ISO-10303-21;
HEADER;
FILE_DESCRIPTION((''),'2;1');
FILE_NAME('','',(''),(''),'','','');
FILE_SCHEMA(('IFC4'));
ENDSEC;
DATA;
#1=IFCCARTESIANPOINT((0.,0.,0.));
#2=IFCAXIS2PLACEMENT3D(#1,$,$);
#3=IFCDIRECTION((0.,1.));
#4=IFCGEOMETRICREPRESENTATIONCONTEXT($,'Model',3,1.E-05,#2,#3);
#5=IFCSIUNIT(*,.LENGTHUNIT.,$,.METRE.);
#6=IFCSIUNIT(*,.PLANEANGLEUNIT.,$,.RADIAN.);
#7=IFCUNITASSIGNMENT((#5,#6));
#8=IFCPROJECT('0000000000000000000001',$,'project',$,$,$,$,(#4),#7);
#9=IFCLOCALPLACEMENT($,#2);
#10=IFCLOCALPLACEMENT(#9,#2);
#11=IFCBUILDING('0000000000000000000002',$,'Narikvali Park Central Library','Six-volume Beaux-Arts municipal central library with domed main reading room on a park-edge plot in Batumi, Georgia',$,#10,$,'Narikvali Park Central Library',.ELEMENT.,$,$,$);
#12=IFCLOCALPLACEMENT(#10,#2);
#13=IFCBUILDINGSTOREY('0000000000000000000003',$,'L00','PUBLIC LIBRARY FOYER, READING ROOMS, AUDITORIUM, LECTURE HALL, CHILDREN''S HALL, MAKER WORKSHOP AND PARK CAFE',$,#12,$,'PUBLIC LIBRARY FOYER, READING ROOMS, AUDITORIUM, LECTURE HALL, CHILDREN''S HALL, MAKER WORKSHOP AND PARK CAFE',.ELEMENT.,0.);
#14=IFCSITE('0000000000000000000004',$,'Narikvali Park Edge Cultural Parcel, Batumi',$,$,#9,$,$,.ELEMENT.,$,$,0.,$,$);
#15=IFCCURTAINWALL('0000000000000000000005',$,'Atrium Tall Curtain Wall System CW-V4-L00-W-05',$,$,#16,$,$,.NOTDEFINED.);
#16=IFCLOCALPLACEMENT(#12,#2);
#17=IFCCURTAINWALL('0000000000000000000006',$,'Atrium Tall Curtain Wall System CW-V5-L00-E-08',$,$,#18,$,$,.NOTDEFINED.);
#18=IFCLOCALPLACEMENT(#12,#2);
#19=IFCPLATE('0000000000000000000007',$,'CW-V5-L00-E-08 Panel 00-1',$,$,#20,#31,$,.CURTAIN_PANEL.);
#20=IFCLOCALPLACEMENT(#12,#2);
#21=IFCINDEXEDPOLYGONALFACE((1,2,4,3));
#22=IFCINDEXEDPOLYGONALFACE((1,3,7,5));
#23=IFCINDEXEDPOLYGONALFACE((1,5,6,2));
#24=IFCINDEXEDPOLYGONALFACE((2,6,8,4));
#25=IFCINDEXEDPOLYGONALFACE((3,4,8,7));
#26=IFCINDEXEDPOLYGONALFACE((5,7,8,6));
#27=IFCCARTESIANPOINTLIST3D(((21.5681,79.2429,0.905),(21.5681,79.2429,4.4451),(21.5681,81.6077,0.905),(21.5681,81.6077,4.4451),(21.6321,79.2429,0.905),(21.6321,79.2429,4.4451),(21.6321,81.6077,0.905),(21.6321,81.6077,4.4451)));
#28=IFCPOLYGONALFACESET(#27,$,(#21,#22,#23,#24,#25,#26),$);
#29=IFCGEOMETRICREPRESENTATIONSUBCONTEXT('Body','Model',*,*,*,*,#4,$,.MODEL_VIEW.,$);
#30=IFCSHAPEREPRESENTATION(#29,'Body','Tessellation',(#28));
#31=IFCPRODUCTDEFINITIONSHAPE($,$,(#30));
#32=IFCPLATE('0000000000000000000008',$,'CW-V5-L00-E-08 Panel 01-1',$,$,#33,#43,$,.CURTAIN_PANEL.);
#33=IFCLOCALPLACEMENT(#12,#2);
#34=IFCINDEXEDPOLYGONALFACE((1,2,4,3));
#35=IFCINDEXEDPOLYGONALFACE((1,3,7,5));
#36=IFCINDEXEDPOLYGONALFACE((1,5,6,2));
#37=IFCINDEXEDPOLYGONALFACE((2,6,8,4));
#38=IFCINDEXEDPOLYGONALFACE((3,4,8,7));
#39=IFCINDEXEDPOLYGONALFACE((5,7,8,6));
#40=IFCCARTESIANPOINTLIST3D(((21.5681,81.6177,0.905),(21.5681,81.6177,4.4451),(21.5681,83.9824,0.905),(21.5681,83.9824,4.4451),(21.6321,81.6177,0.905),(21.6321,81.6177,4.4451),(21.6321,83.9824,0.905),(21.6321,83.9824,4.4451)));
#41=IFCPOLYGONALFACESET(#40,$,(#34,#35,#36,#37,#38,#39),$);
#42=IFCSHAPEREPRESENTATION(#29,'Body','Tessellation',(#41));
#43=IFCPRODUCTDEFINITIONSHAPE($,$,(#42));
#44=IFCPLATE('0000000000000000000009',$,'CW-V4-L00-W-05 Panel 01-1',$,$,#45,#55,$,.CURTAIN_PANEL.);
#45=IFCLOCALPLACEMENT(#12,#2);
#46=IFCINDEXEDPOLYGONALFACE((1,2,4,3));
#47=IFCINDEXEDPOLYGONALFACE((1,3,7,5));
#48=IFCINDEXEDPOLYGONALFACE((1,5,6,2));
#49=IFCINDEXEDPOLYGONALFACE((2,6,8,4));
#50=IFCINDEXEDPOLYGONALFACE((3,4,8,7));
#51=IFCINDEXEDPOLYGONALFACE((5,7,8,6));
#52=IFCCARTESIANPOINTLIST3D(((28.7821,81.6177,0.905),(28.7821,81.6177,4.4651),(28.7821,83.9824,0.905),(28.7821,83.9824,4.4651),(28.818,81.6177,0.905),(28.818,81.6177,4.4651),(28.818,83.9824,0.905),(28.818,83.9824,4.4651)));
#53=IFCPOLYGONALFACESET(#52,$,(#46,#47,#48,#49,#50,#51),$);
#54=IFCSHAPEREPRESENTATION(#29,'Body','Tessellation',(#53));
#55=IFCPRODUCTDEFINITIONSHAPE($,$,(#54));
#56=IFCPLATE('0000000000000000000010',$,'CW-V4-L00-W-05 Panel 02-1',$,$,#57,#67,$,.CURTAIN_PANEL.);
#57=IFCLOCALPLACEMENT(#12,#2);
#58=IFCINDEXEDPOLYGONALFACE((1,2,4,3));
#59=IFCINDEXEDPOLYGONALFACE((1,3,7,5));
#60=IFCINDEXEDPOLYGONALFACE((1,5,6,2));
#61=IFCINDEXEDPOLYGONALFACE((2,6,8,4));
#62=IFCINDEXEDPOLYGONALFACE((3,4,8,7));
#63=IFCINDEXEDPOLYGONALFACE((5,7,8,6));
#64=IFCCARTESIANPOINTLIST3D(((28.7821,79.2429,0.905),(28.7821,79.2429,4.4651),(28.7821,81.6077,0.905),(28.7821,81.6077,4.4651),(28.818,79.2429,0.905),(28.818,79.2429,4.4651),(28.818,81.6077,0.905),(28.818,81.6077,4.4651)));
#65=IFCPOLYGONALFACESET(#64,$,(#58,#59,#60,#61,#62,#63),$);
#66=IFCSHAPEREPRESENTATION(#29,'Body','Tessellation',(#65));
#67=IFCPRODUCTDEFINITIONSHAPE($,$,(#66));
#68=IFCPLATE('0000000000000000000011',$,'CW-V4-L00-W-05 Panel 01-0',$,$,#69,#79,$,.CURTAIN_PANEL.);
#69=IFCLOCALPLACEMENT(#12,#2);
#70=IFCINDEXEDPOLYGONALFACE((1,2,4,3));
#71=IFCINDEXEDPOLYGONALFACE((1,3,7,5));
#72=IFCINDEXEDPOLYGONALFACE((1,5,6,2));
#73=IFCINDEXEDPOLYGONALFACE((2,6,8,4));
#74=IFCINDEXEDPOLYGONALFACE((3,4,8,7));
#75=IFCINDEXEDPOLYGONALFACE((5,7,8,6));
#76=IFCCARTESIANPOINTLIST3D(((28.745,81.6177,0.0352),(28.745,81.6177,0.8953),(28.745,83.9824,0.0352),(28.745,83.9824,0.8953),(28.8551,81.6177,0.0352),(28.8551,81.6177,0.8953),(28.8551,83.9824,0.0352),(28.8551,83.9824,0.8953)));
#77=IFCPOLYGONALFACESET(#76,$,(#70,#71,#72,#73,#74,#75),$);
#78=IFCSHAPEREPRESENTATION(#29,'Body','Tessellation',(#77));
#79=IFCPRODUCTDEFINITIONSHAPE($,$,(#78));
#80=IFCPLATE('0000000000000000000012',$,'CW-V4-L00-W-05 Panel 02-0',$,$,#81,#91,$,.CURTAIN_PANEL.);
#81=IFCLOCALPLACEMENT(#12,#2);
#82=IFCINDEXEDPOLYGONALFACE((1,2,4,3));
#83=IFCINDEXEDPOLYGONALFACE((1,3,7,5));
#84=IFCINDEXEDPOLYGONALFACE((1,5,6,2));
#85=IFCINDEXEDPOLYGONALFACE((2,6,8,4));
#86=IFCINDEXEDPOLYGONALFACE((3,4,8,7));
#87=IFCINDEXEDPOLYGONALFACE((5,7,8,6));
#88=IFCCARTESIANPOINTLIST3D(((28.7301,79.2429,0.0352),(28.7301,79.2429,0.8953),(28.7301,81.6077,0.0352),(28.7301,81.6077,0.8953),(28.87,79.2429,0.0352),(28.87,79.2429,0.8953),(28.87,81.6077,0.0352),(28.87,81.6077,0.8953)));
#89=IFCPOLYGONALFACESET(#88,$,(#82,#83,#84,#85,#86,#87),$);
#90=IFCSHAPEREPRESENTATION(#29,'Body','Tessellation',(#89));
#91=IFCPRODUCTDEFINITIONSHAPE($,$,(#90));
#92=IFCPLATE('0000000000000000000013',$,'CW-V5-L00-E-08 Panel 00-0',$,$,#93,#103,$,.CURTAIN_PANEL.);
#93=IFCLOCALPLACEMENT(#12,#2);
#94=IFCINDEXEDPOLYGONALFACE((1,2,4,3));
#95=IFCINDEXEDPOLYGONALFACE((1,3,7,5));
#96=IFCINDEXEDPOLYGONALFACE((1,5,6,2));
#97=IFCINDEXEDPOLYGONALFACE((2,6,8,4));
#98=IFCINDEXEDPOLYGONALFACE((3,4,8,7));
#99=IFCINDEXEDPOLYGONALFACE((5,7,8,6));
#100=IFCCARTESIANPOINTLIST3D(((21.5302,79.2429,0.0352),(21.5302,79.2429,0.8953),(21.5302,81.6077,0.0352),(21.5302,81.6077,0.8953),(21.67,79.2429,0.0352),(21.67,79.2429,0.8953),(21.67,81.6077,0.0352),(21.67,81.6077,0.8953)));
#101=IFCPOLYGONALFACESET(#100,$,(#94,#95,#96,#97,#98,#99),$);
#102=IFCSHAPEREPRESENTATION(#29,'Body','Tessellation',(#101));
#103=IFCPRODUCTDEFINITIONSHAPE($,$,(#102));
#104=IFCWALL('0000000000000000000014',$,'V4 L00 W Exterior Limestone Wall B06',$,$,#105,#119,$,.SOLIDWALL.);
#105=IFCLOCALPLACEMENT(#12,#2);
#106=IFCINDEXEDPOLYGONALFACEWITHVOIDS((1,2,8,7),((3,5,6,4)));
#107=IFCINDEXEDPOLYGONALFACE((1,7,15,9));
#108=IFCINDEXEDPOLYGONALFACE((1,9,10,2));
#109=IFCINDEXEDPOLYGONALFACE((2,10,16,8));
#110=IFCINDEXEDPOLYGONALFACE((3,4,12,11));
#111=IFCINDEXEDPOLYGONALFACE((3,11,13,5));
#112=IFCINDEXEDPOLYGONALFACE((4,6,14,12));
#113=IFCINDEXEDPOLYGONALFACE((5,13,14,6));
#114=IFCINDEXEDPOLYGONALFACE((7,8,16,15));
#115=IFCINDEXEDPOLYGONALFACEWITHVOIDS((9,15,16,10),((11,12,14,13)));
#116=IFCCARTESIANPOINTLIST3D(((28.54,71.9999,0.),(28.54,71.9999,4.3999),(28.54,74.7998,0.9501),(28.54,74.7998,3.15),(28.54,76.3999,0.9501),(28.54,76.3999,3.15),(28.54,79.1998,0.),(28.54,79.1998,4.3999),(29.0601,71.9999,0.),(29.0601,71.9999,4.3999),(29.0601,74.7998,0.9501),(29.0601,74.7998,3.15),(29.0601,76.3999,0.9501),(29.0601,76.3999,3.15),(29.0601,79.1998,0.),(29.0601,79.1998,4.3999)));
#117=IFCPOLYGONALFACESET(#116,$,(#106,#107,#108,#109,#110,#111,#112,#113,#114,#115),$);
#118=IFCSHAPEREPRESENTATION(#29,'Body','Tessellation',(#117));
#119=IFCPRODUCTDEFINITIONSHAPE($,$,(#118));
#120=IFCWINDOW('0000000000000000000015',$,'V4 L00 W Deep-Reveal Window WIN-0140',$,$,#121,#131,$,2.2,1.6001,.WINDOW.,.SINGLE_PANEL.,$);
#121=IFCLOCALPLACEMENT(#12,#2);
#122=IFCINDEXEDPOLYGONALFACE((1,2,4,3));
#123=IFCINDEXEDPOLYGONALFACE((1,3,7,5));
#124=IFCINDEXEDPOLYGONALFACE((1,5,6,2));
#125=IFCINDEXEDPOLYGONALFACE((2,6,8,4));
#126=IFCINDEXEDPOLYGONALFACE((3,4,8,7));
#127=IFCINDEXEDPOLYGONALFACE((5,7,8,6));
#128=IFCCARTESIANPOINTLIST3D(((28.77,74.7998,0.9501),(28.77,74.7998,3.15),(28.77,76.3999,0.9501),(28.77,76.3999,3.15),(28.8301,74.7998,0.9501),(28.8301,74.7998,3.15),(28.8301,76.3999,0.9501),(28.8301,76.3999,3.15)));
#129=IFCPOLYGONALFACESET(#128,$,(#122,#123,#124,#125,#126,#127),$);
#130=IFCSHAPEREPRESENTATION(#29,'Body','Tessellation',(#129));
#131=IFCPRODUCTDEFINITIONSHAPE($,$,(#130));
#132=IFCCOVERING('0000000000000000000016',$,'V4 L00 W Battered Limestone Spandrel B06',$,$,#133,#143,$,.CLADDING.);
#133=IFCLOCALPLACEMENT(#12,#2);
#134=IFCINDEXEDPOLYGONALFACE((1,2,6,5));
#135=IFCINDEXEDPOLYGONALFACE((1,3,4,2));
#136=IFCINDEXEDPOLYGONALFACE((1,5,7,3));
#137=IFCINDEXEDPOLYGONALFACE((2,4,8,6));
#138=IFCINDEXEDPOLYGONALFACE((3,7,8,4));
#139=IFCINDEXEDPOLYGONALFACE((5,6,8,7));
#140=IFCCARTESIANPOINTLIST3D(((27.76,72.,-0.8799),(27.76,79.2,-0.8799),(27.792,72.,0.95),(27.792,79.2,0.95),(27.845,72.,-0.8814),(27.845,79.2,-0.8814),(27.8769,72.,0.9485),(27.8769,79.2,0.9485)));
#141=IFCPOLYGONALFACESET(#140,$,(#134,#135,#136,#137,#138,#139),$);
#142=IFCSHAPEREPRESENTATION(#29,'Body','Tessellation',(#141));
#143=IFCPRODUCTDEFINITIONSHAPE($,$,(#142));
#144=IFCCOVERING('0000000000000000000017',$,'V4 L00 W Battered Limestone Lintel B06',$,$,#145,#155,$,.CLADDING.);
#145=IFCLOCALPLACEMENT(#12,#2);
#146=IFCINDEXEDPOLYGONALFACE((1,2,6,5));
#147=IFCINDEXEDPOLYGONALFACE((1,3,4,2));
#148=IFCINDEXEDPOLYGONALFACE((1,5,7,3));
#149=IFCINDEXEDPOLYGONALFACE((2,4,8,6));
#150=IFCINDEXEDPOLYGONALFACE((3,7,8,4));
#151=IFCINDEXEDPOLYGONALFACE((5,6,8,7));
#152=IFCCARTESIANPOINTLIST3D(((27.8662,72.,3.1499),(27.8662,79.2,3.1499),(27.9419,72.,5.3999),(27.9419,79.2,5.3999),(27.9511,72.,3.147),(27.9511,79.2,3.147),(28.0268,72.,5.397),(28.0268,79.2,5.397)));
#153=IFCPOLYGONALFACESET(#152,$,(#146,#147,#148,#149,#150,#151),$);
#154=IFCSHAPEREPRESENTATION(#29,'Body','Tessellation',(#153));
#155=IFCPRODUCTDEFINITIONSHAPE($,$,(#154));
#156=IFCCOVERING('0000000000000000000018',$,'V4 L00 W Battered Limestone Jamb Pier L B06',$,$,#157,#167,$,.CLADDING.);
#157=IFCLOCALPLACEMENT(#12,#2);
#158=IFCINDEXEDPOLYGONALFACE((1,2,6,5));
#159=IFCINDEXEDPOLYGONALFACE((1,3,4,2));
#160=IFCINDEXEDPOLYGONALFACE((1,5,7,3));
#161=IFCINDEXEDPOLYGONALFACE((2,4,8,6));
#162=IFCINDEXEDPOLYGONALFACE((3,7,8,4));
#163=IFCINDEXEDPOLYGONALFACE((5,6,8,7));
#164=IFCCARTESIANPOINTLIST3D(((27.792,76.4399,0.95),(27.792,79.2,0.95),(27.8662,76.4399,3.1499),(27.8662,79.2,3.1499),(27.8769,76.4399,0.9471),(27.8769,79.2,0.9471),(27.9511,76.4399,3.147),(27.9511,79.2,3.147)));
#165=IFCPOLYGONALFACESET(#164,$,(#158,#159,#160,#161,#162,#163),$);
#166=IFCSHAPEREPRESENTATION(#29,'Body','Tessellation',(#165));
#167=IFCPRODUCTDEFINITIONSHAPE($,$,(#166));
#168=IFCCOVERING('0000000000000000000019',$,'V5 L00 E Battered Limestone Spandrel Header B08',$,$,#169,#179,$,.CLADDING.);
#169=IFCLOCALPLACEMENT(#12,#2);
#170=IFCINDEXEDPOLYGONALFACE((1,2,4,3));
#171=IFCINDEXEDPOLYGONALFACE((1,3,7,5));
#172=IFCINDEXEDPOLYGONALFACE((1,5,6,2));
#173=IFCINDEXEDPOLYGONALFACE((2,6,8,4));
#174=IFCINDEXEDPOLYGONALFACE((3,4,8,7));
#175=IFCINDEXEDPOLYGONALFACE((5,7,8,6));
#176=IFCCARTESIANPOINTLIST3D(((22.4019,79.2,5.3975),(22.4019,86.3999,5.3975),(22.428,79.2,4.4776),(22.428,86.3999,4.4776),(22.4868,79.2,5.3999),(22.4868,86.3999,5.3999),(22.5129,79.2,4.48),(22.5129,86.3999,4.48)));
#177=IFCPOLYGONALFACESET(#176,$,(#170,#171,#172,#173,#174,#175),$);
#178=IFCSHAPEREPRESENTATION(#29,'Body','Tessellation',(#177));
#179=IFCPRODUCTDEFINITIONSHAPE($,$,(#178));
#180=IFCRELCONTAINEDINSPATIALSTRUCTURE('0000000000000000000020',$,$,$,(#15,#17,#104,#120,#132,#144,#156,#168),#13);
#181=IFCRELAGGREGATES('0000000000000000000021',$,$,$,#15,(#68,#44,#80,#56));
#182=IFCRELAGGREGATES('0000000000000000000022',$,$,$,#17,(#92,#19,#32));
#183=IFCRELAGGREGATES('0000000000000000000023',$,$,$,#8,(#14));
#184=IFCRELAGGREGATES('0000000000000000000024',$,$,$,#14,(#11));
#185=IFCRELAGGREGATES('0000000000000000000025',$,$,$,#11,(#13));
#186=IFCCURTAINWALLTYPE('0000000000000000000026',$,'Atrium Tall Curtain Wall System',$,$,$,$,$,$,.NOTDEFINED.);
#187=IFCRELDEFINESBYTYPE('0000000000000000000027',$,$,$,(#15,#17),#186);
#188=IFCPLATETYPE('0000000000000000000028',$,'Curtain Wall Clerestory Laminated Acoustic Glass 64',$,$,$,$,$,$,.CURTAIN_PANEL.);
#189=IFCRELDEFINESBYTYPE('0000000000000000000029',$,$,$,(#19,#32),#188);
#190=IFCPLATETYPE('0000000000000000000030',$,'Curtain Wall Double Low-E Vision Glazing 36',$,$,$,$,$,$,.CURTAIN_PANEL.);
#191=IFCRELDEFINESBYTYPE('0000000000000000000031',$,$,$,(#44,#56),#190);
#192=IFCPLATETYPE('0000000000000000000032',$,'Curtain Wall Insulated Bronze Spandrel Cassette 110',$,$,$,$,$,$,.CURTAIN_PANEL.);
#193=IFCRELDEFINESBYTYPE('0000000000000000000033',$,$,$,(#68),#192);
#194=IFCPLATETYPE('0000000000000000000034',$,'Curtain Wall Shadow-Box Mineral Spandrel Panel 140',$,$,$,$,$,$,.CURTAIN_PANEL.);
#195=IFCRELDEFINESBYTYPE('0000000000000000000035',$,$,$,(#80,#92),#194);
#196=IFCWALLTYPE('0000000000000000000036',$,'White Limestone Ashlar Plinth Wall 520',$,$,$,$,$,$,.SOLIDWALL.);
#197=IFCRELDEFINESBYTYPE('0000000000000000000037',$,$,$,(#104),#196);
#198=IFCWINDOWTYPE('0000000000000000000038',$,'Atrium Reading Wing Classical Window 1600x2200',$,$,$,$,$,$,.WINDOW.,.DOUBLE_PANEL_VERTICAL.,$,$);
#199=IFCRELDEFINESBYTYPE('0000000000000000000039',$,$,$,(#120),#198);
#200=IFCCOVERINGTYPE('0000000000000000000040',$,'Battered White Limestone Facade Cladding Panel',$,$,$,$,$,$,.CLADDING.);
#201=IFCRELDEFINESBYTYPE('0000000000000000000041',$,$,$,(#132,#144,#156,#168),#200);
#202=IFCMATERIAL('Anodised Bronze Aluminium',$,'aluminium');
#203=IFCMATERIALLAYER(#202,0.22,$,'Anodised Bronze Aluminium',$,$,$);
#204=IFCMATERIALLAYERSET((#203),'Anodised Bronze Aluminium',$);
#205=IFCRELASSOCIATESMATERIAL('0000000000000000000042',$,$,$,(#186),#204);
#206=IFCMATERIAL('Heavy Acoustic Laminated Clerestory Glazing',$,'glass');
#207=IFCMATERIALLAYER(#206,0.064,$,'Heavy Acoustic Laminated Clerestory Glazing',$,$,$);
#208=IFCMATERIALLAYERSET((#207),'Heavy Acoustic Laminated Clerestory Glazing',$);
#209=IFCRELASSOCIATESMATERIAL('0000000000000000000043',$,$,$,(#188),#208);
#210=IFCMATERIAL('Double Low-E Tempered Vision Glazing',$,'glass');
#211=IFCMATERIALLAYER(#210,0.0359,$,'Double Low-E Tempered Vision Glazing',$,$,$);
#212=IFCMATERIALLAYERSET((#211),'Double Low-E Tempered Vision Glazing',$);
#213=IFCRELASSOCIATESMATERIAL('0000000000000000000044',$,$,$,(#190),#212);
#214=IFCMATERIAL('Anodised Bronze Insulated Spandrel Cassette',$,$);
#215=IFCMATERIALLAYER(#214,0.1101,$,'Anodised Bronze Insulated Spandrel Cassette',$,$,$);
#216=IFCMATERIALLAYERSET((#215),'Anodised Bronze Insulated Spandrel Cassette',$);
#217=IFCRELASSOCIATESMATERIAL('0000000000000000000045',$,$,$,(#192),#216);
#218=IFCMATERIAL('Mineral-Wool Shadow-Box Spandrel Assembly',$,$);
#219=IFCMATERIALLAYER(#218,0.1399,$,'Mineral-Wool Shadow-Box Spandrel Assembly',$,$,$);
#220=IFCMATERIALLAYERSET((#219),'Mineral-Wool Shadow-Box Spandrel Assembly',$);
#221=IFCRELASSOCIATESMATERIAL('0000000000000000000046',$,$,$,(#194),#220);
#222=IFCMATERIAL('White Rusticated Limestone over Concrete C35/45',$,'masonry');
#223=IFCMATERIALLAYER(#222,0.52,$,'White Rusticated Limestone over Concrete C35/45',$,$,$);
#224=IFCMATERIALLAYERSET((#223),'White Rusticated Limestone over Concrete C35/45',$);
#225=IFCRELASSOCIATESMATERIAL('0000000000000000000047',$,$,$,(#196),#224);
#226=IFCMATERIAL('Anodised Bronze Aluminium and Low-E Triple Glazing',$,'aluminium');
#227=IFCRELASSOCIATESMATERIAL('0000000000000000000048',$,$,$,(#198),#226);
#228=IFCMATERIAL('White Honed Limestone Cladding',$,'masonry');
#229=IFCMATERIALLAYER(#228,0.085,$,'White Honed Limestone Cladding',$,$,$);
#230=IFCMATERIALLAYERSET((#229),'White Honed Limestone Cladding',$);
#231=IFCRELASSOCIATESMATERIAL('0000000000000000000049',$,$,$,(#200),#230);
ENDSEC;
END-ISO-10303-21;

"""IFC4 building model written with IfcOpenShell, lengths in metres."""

from ifc_helpers import new_model, si_unit, direction, frame, frame_2d, origin, origin_2d, place, context, subcontext, project, spatial, polyline, rectangle, outline, extrude, material, layer, layer_set, type_object, element, fill, aggregate, save


model = new_model("IFC4")

# Units and contexts
model_context = context("Model", 3, precision=1e-05, world=origin(), true_north=direction((0.0, 1.0)))
body_context = subcontext(model_context, "Body", "Model", "MODEL_VIEW")
ifc_project = project(units=[si_unit("LENGTHUNIT", "METRE"), si_unit("PLANEANGLEUNIT", "RADIAN")], contexts=[model_context])

# Site, building, storey
site_placement = place(None, origin())
site = spatial("IfcSite", under=ifc_project, at=site_placement, Name="Narikvali Park Edge Cultural Parcel, Batumi", CompositionType="ELEMENT", RefElevation=0.0)
building_placement = place(site_placement, origin())
building = spatial("IfcBuilding", under=site, at=building_placement, Name="Narikvali Park Central Library", Description="Six-volume Beaux-Arts municipal central library with domed main reading room on a park-edge plot in Batumi, Georgia", LongName="Narikvali Park Central Library", CompositionType="ELEMENT")
storey_placement = place(building_placement, origin())
storey = spatial("IfcBuildingStorey", under=building, at=storey_placement, Name="L00", Description="PUBLIC LIBRARY FOYER, READING ROOMS, AUDITORIUM, LECTURE HALL, CHILDREN'S HALL, MAKER WORKSHOP AND PARK CAFE", LongName="PUBLIC LIBRARY FOYER, READING ROOMS, AUDITORIUM, LECTURE HALL, CHILDREN'S HALL, MAKER WORKSHOP AND PARK CAFE", CompositionType="ELEMENT", Elevation=0.0)

# Curtain walls
ifc_material_1 = material(Name="Anodised Bronze Aluminium", Category="aluminium")
ifc_layer_1 = layer(ifc_material_1, 0.22, Name="Anodised Bronze Aluminium")
ifc_layer_set_1 = layer_set([ifc_layer_1], Name="Anodised Bronze Aluminium")
curtain_wall_type = type_object("IfcCurtainWallType", Name="Atrium Tall Curtain Wall System", PredefinedType="NOTDEFINED", material=ifc_layer_set_1)
curtain_wall_1_placement = place(storey_placement, origin())
curtain_wall_1 = element("IfcCurtainWall", 1, at=curtain_wall_1_placement, inside=storey, type_object=curtain_wall_type, Name="Atrium Tall Curtain Wall System CW-V4-L00-W-05", PredefinedType="NOTDEFINED")
curtain_wall_2_placement = place(storey_placement, origin())
curtain_wall_2 = element("IfcCurtainWall", 2, at=curtain_wall_2_placement, inside=storey, type_object=curtain_wall_type, Name="Atrium Tall Curtain Wall System CW-V5-L00-E-08", PredefinedType="NOTDEFINED")

# Plates
ifc_material_2 = material(Name="Heavy Acoustic Laminated Clerestory Glazing", Category="glass")
ifc_layer_2 = layer(ifc_material_2, 0.064, Name="Heavy Acoustic Laminated Clerestory Glazing")
ifc_layer_set_2 = layer_set([ifc_layer_2], Name="Heavy Acoustic Laminated Clerestory Glazing")
plate_type_1 = type_object("IfcPlateType", Name="Curtain Wall Clerestory Laminated Acoustic Glass 64", PredefinedType="CURTAIN_PANEL", material=ifc_layer_set_2)
plate_1_placement = place(storey_placement, frame((21.6001, 80.4253, 0.905), z_axis=(0.0, 0.0, 1.0), x_axis=(0.0, 1.0, 0.0)))
plate_1 = element("IfcPlate", 3, at=plate_1_placement, type_object=plate_type_1, Name="CW-V5-L00-E-08 Panel 00-1", PredefinedType="CURTAIN_PANEL", context=body_context, shape_type="SweptSolid", body=[
    extrude(rectangle(XDim=2.3647, YDim=0.064, at=origin_2d()), origin(), (0.0, 0.0, 1.0), 3.54),
])
plate_2_placement = place(storey_placement, frame((21.6001, 82.8, 0.905), z_axis=(0.0, 0.0, 1.0), x_axis=(0.0, 1.0, 0.0)))
plate_2 = element("IfcPlate", 4, at=plate_2_placement, type_object=plate_type_1, Name="CW-V5-L00-E-08 Panel 01-1", PredefinedType="CURTAIN_PANEL", context=body_context, shape_type="SweptSolid", body=[
    extrude(rectangle(XDim=2.3647, YDim=0.064, at=origin_2d()), origin(), (0.0, 0.0, 1.0), 3.54),
])
ifc_material_3 = material(Name="Double Low-E Tempered Vision Glazing", Category="glass")
ifc_layer_3 = layer(ifc_material_3, 0.0359, Name="Double Low-E Tempered Vision Glazing")
ifc_layer_set_3 = layer_set([ifc_layer_3], Name="Double Low-E Tempered Vision Glazing")
plate_type_2 = type_object("IfcPlateType", Name="Curtain Wall Double Low-E Vision Glazing 36", PredefinedType="CURTAIN_PANEL", material=ifc_layer_set_3)
plate_3_placement = place(storey_placement, frame((28.8, 82.8, 0.905), z_axis=(0.0, 0.0, 1.0), x_axis=(0.0, -1.0, 0.0)))
plate_3 = element("IfcPlate", 5, at=plate_3_placement, type_object=plate_type_2, Name="CW-V4-L00-W-05 Panel 01-1", PredefinedType="CURTAIN_PANEL", context=body_context, shape_type="SweptSolid", body=[
    extrude(rectangle(XDim=2.3647, YDim=0.0359, at=origin_2d()), origin(), (0.0, 0.0, 1.0), 3.5601),
])
plate_4_placement = place(storey_placement, frame((28.8, 80.4253, 0.905), z_axis=(0.0, 0.0, 1.0), x_axis=(0.0, -1.0, 0.0)))
plate_4 = element("IfcPlate", 6, at=plate_4_placement, type_object=plate_type_2, Name="CW-V4-L00-W-05 Panel 02-1", PredefinedType="CURTAIN_PANEL", context=body_context, shape_type="SweptSolid", body=[
    extrude(rectangle(XDim=2.3647, YDim=0.0359, at=origin_2d()), origin(), (0.0, 0.0, 1.0), 3.5601),
])
ifc_material_4 = material(Name="Anodised Bronze Insulated Spandrel Cassette")
ifc_layer_4 = layer(ifc_material_4, 0.1101, Name="Anodised Bronze Insulated Spandrel Cassette")
ifc_layer_set_4 = layer_set([ifc_layer_4], Name="Anodised Bronze Insulated Spandrel Cassette")
plate_type_3 = type_object("IfcPlateType", Name="Curtain Wall Insulated Bronze Spandrel Cassette 110", PredefinedType="CURTAIN_PANEL", material=ifc_layer_set_4)
plate_5_placement = place(storey_placement, frame((28.8, 82.8, 0.0352), z_axis=(0.0, 0.0, 1.0), x_axis=(0.0, -1.0, 0.0)))
plate_5 = element("IfcPlate", 7, at=plate_5_placement, type_object=plate_type_3, Name="CW-V4-L00-W-05 Panel 01-0", PredefinedType="CURTAIN_PANEL", context=body_context, shape_type="SweptSolid", body=[
    extrude(rectangle(XDim=2.3647, YDim=0.1101, at=origin_2d()), origin(), (0.0, 0.0, 1.0), 0.8601),
])
ifc_material_5 = material(Name="Mineral-Wool Shadow-Box Spandrel Assembly")
ifc_layer_5 = layer(ifc_material_5, 0.1399, Name="Mineral-Wool Shadow-Box Spandrel Assembly")
ifc_layer_set_5 = layer_set([ifc_layer_5], Name="Mineral-Wool Shadow-Box Spandrel Assembly")
plate_type_4 = type_object("IfcPlateType", Name="Curtain Wall Shadow-Box Mineral Spandrel Panel 140", PredefinedType="CURTAIN_PANEL", material=ifc_layer_set_5)
plate_6_placement = place(storey_placement, frame((28.8, 80.4253, 0.0352), z_axis=(0.0, 0.0, 1.0), x_axis=(0.0, -1.0, 0.0)))
plate_6 = element("IfcPlate", 8, at=plate_6_placement, type_object=plate_type_4, Name="CW-V4-L00-W-05 Panel 02-0", PredefinedType="CURTAIN_PANEL", context=body_context, shape_type="SweptSolid", body=[
    extrude(rectangle(XDim=2.3647, YDim=0.1399, at=origin_2d()), origin(), (0.0, 0.0, 1.0), 0.8601),
])
aggregate(curtain_wall_1, [plate_5, plate_3, plate_6, plate_4])
plate_7_placement = place(storey_placement, frame((21.6001, 80.4253, 0.0352), z_axis=(0.0, 0.0, 1.0), x_axis=(0.0, 1.0, 0.0)))
plate_7 = element("IfcPlate", 9, at=plate_7_placement, type_object=plate_type_4, Name="CW-V5-L00-E-08 Panel 00-0", PredefinedType="CURTAIN_PANEL", context=body_context, shape_type="SweptSolid", body=[
    extrude(rectangle(XDim=2.3647, YDim=0.1399, at=origin_2d()), origin(), (0.0, 0.0, 1.0), 0.8601),
])
aggregate(curtain_wall_2, [plate_7, plate_1, plate_2])

# Wall, opening, window
ifc_material_6 = material(Name="White Rusticated Limestone over Concrete C35/45", Category="masonry")
ifc_layer_6 = layer(ifc_material_6, 0.52, Name="White Rusticated Limestone over Concrete C35/45")
ifc_layer_set_6 = layer_set([ifc_layer_6], Name="White Rusticated Limestone over Concrete C35/45")
wall_type = type_object("IfcWallType", Name="White Limestone Ashlar Plinth Wall 520", PredefinedType="SOLIDWALL", material=ifc_layer_set_6)
wall_placement = place(storey_placement, frame((28.8, 79.2, 0.0), z_axis=(0.0, 0.0, 1.0), x_axis=(0.0, -1.0, 0.0)))
wall = element("IfcWall", 10, at=wall_placement, inside=storey, type_object=wall_type, Name="V4 L00 W Exterior Limestone Wall B06", PredefinedType="SOLIDWALL", context=body_context, shape_type="SweptSolid", body=[
    extrude(rectangle(XDim=7.2, YDim=0.52, at=frame_2d((3.6001, 0.0))), origin(), (0.0, 0.0, 1.0), 4.3999),
])
opening_placement = place(wall_placement, frame((2.8, 0.0, 0.95)))
opening = element("IfcOpeningElement", 11, at=opening_placement, cuts=wall, PredefinedType="OPENING", context=body_context, shape_type="SweptSolid", body=[
    extrude(rectangle(XDim=1.6001, YDim=2.2, at=frame_2d((0.8, 1.1001))), frame((0.0, 0.272, 0.0), z_axis=(0.0, -1.0, 0.0), x_axis=(1.0, 0.0, 0.0)), (0.0, 0.0, 1.0), 0.5439),
])
ifc_material_7 = material(Name="Anodised Bronze Aluminium and Low-E Triple Glazing", Category="aluminium")
window_type = type_object("IfcWindowType", Name="Atrium Reading Wing Classical Window 1600x2200", PartitioningType="DOUBLE_PANEL_VERTICAL", PredefinedType="WINDOW", material=ifc_material_7)
window_placement = place(opening_placement, origin())
window = element("IfcWindow", 12, at=window_placement, inside=storey, type_object=window_type, Name="V4 L00 W Deep-Reveal Window WIN-0140", OverallHeight=2.2, OverallWidth=1.6001, PartitioningType="SINGLE_PANEL", PredefinedType="WINDOW", context=body_context, shape_type="SweptSolid", body=[
    extrude(rectangle(XDim=1.6001, YDim=2.2, at=frame_2d((0.8, 1.1001))), frame((0.0, 0.03, 0.0), z_axis=(0.0, -1.0, 0.0), x_axis=(1.0, 0.0, 0.0)), (0.0, 0.0, 1.0), 0.0601),
])
fill(opening, window)

# Coverings
ifc_material_8 = material(Name="White Honed Limestone Cladding", Category="masonry")
ifc_layer_7 = layer(ifc_material_8, 0.085, Name="White Honed Limestone Cladding")
ifc_layer_set_7 = layer_set([ifc_layer_7], Name="White Honed Limestone Cladding")
covering_type = type_object("IfcCoveringType", Name="Battered White Limestone Facade Cladding Panel", PredefinedType="CLADDING", material=ifc_layer_set_7)
covering_1_placement = place(storey_placement, frame((27.76, 79.2, -0.8799), z_axis=(-0.999847, 0.0, 0.017476), x_axis=(0.0, -1.0, 0.0)))
element("IfcCovering", 13, at=covering_1_placement, inside=storey, type_object=covering_type, Name="V4 L00 W Battered Limestone Spandrel B06", PredefinedType="CLADDING", context=body_context, shape_type="SweptSolid", body=[
    extrude(outline(polyline([(0.0, 0.0), (7.2, 0.0), (7.2, 1.8301), (0.0, 1.8301), (0.0, 0.0)])), origin(), (0.0, 0.0, -1.0), 0.085),
])
covering_2_placement = place(storey_placement, frame((27.8662, 79.2, 3.1499), z_axis=(-0.999435, 0.0, 0.033618), x_axis=(0.0, -1.0, 0.0)))
element("IfcCovering", 14, at=covering_2_placement, inside=storey, type_object=covering_type, Name="V4 L00 W Battered Limestone Lintel B06", PredefinedType="CLADDING", context=body_context, shape_type="SweptSolid", body=[
    extrude(outline(polyline([(0.0, 0.0), (7.2, 0.0), (7.2, 2.2513), (0.0, 2.2513), (0.0, 0.0)])), origin(), (0.0, 0.0, -1.0), 0.085),
])
covering_3_placement = place(storey_placement, frame((27.792, 79.2, 0.95), z_axis=(-0.999431, 0.0, 0.033717), x_axis=(0.0, -1.0, 0.0)))
element("IfcCovering", 15, at=covering_3_placement, inside=storey, type_object=covering_type, Name="V4 L00 W Battered Limestone Jamb Pier L B06", PredefinedType="CLADDING", context=body_context, shape_type="SweptSolid", body=[
    extrude(outline(polyline([(0.0, 0.0), (2.76, 0.0), (2.76, 2.2012), (0.0, 2.2012), (0.0, 0.0)])), origin(), (0.0, 0.0, -1.0), 0.085),
])
covering_4_placement = place(storey_placement, frame((22.5129, 79.2, 4.48), z_axis=(0.999597, 0.0, 0.028386), x_axis=(0.0, 1.0, 0.0)))
element("IfcCovering", 16, at=covering_4_placement, inside=storey, type_object=covering_type, Name="V5 L00 E Battered Limestone Spandrel Header B08", PredefinedType="CLADDING", context=body_context, shape_type="SweptSolid", body=[
    extrude(outline(polyline([(0.0, 0.0), (7.2, 0.0), (7.2, 0.9203), (0.0, 0.9203), (0.0, 0.0)])), origin(), (0.0, 0.0, -1.0), 0.085),
])

save(model, "model.ifc")
